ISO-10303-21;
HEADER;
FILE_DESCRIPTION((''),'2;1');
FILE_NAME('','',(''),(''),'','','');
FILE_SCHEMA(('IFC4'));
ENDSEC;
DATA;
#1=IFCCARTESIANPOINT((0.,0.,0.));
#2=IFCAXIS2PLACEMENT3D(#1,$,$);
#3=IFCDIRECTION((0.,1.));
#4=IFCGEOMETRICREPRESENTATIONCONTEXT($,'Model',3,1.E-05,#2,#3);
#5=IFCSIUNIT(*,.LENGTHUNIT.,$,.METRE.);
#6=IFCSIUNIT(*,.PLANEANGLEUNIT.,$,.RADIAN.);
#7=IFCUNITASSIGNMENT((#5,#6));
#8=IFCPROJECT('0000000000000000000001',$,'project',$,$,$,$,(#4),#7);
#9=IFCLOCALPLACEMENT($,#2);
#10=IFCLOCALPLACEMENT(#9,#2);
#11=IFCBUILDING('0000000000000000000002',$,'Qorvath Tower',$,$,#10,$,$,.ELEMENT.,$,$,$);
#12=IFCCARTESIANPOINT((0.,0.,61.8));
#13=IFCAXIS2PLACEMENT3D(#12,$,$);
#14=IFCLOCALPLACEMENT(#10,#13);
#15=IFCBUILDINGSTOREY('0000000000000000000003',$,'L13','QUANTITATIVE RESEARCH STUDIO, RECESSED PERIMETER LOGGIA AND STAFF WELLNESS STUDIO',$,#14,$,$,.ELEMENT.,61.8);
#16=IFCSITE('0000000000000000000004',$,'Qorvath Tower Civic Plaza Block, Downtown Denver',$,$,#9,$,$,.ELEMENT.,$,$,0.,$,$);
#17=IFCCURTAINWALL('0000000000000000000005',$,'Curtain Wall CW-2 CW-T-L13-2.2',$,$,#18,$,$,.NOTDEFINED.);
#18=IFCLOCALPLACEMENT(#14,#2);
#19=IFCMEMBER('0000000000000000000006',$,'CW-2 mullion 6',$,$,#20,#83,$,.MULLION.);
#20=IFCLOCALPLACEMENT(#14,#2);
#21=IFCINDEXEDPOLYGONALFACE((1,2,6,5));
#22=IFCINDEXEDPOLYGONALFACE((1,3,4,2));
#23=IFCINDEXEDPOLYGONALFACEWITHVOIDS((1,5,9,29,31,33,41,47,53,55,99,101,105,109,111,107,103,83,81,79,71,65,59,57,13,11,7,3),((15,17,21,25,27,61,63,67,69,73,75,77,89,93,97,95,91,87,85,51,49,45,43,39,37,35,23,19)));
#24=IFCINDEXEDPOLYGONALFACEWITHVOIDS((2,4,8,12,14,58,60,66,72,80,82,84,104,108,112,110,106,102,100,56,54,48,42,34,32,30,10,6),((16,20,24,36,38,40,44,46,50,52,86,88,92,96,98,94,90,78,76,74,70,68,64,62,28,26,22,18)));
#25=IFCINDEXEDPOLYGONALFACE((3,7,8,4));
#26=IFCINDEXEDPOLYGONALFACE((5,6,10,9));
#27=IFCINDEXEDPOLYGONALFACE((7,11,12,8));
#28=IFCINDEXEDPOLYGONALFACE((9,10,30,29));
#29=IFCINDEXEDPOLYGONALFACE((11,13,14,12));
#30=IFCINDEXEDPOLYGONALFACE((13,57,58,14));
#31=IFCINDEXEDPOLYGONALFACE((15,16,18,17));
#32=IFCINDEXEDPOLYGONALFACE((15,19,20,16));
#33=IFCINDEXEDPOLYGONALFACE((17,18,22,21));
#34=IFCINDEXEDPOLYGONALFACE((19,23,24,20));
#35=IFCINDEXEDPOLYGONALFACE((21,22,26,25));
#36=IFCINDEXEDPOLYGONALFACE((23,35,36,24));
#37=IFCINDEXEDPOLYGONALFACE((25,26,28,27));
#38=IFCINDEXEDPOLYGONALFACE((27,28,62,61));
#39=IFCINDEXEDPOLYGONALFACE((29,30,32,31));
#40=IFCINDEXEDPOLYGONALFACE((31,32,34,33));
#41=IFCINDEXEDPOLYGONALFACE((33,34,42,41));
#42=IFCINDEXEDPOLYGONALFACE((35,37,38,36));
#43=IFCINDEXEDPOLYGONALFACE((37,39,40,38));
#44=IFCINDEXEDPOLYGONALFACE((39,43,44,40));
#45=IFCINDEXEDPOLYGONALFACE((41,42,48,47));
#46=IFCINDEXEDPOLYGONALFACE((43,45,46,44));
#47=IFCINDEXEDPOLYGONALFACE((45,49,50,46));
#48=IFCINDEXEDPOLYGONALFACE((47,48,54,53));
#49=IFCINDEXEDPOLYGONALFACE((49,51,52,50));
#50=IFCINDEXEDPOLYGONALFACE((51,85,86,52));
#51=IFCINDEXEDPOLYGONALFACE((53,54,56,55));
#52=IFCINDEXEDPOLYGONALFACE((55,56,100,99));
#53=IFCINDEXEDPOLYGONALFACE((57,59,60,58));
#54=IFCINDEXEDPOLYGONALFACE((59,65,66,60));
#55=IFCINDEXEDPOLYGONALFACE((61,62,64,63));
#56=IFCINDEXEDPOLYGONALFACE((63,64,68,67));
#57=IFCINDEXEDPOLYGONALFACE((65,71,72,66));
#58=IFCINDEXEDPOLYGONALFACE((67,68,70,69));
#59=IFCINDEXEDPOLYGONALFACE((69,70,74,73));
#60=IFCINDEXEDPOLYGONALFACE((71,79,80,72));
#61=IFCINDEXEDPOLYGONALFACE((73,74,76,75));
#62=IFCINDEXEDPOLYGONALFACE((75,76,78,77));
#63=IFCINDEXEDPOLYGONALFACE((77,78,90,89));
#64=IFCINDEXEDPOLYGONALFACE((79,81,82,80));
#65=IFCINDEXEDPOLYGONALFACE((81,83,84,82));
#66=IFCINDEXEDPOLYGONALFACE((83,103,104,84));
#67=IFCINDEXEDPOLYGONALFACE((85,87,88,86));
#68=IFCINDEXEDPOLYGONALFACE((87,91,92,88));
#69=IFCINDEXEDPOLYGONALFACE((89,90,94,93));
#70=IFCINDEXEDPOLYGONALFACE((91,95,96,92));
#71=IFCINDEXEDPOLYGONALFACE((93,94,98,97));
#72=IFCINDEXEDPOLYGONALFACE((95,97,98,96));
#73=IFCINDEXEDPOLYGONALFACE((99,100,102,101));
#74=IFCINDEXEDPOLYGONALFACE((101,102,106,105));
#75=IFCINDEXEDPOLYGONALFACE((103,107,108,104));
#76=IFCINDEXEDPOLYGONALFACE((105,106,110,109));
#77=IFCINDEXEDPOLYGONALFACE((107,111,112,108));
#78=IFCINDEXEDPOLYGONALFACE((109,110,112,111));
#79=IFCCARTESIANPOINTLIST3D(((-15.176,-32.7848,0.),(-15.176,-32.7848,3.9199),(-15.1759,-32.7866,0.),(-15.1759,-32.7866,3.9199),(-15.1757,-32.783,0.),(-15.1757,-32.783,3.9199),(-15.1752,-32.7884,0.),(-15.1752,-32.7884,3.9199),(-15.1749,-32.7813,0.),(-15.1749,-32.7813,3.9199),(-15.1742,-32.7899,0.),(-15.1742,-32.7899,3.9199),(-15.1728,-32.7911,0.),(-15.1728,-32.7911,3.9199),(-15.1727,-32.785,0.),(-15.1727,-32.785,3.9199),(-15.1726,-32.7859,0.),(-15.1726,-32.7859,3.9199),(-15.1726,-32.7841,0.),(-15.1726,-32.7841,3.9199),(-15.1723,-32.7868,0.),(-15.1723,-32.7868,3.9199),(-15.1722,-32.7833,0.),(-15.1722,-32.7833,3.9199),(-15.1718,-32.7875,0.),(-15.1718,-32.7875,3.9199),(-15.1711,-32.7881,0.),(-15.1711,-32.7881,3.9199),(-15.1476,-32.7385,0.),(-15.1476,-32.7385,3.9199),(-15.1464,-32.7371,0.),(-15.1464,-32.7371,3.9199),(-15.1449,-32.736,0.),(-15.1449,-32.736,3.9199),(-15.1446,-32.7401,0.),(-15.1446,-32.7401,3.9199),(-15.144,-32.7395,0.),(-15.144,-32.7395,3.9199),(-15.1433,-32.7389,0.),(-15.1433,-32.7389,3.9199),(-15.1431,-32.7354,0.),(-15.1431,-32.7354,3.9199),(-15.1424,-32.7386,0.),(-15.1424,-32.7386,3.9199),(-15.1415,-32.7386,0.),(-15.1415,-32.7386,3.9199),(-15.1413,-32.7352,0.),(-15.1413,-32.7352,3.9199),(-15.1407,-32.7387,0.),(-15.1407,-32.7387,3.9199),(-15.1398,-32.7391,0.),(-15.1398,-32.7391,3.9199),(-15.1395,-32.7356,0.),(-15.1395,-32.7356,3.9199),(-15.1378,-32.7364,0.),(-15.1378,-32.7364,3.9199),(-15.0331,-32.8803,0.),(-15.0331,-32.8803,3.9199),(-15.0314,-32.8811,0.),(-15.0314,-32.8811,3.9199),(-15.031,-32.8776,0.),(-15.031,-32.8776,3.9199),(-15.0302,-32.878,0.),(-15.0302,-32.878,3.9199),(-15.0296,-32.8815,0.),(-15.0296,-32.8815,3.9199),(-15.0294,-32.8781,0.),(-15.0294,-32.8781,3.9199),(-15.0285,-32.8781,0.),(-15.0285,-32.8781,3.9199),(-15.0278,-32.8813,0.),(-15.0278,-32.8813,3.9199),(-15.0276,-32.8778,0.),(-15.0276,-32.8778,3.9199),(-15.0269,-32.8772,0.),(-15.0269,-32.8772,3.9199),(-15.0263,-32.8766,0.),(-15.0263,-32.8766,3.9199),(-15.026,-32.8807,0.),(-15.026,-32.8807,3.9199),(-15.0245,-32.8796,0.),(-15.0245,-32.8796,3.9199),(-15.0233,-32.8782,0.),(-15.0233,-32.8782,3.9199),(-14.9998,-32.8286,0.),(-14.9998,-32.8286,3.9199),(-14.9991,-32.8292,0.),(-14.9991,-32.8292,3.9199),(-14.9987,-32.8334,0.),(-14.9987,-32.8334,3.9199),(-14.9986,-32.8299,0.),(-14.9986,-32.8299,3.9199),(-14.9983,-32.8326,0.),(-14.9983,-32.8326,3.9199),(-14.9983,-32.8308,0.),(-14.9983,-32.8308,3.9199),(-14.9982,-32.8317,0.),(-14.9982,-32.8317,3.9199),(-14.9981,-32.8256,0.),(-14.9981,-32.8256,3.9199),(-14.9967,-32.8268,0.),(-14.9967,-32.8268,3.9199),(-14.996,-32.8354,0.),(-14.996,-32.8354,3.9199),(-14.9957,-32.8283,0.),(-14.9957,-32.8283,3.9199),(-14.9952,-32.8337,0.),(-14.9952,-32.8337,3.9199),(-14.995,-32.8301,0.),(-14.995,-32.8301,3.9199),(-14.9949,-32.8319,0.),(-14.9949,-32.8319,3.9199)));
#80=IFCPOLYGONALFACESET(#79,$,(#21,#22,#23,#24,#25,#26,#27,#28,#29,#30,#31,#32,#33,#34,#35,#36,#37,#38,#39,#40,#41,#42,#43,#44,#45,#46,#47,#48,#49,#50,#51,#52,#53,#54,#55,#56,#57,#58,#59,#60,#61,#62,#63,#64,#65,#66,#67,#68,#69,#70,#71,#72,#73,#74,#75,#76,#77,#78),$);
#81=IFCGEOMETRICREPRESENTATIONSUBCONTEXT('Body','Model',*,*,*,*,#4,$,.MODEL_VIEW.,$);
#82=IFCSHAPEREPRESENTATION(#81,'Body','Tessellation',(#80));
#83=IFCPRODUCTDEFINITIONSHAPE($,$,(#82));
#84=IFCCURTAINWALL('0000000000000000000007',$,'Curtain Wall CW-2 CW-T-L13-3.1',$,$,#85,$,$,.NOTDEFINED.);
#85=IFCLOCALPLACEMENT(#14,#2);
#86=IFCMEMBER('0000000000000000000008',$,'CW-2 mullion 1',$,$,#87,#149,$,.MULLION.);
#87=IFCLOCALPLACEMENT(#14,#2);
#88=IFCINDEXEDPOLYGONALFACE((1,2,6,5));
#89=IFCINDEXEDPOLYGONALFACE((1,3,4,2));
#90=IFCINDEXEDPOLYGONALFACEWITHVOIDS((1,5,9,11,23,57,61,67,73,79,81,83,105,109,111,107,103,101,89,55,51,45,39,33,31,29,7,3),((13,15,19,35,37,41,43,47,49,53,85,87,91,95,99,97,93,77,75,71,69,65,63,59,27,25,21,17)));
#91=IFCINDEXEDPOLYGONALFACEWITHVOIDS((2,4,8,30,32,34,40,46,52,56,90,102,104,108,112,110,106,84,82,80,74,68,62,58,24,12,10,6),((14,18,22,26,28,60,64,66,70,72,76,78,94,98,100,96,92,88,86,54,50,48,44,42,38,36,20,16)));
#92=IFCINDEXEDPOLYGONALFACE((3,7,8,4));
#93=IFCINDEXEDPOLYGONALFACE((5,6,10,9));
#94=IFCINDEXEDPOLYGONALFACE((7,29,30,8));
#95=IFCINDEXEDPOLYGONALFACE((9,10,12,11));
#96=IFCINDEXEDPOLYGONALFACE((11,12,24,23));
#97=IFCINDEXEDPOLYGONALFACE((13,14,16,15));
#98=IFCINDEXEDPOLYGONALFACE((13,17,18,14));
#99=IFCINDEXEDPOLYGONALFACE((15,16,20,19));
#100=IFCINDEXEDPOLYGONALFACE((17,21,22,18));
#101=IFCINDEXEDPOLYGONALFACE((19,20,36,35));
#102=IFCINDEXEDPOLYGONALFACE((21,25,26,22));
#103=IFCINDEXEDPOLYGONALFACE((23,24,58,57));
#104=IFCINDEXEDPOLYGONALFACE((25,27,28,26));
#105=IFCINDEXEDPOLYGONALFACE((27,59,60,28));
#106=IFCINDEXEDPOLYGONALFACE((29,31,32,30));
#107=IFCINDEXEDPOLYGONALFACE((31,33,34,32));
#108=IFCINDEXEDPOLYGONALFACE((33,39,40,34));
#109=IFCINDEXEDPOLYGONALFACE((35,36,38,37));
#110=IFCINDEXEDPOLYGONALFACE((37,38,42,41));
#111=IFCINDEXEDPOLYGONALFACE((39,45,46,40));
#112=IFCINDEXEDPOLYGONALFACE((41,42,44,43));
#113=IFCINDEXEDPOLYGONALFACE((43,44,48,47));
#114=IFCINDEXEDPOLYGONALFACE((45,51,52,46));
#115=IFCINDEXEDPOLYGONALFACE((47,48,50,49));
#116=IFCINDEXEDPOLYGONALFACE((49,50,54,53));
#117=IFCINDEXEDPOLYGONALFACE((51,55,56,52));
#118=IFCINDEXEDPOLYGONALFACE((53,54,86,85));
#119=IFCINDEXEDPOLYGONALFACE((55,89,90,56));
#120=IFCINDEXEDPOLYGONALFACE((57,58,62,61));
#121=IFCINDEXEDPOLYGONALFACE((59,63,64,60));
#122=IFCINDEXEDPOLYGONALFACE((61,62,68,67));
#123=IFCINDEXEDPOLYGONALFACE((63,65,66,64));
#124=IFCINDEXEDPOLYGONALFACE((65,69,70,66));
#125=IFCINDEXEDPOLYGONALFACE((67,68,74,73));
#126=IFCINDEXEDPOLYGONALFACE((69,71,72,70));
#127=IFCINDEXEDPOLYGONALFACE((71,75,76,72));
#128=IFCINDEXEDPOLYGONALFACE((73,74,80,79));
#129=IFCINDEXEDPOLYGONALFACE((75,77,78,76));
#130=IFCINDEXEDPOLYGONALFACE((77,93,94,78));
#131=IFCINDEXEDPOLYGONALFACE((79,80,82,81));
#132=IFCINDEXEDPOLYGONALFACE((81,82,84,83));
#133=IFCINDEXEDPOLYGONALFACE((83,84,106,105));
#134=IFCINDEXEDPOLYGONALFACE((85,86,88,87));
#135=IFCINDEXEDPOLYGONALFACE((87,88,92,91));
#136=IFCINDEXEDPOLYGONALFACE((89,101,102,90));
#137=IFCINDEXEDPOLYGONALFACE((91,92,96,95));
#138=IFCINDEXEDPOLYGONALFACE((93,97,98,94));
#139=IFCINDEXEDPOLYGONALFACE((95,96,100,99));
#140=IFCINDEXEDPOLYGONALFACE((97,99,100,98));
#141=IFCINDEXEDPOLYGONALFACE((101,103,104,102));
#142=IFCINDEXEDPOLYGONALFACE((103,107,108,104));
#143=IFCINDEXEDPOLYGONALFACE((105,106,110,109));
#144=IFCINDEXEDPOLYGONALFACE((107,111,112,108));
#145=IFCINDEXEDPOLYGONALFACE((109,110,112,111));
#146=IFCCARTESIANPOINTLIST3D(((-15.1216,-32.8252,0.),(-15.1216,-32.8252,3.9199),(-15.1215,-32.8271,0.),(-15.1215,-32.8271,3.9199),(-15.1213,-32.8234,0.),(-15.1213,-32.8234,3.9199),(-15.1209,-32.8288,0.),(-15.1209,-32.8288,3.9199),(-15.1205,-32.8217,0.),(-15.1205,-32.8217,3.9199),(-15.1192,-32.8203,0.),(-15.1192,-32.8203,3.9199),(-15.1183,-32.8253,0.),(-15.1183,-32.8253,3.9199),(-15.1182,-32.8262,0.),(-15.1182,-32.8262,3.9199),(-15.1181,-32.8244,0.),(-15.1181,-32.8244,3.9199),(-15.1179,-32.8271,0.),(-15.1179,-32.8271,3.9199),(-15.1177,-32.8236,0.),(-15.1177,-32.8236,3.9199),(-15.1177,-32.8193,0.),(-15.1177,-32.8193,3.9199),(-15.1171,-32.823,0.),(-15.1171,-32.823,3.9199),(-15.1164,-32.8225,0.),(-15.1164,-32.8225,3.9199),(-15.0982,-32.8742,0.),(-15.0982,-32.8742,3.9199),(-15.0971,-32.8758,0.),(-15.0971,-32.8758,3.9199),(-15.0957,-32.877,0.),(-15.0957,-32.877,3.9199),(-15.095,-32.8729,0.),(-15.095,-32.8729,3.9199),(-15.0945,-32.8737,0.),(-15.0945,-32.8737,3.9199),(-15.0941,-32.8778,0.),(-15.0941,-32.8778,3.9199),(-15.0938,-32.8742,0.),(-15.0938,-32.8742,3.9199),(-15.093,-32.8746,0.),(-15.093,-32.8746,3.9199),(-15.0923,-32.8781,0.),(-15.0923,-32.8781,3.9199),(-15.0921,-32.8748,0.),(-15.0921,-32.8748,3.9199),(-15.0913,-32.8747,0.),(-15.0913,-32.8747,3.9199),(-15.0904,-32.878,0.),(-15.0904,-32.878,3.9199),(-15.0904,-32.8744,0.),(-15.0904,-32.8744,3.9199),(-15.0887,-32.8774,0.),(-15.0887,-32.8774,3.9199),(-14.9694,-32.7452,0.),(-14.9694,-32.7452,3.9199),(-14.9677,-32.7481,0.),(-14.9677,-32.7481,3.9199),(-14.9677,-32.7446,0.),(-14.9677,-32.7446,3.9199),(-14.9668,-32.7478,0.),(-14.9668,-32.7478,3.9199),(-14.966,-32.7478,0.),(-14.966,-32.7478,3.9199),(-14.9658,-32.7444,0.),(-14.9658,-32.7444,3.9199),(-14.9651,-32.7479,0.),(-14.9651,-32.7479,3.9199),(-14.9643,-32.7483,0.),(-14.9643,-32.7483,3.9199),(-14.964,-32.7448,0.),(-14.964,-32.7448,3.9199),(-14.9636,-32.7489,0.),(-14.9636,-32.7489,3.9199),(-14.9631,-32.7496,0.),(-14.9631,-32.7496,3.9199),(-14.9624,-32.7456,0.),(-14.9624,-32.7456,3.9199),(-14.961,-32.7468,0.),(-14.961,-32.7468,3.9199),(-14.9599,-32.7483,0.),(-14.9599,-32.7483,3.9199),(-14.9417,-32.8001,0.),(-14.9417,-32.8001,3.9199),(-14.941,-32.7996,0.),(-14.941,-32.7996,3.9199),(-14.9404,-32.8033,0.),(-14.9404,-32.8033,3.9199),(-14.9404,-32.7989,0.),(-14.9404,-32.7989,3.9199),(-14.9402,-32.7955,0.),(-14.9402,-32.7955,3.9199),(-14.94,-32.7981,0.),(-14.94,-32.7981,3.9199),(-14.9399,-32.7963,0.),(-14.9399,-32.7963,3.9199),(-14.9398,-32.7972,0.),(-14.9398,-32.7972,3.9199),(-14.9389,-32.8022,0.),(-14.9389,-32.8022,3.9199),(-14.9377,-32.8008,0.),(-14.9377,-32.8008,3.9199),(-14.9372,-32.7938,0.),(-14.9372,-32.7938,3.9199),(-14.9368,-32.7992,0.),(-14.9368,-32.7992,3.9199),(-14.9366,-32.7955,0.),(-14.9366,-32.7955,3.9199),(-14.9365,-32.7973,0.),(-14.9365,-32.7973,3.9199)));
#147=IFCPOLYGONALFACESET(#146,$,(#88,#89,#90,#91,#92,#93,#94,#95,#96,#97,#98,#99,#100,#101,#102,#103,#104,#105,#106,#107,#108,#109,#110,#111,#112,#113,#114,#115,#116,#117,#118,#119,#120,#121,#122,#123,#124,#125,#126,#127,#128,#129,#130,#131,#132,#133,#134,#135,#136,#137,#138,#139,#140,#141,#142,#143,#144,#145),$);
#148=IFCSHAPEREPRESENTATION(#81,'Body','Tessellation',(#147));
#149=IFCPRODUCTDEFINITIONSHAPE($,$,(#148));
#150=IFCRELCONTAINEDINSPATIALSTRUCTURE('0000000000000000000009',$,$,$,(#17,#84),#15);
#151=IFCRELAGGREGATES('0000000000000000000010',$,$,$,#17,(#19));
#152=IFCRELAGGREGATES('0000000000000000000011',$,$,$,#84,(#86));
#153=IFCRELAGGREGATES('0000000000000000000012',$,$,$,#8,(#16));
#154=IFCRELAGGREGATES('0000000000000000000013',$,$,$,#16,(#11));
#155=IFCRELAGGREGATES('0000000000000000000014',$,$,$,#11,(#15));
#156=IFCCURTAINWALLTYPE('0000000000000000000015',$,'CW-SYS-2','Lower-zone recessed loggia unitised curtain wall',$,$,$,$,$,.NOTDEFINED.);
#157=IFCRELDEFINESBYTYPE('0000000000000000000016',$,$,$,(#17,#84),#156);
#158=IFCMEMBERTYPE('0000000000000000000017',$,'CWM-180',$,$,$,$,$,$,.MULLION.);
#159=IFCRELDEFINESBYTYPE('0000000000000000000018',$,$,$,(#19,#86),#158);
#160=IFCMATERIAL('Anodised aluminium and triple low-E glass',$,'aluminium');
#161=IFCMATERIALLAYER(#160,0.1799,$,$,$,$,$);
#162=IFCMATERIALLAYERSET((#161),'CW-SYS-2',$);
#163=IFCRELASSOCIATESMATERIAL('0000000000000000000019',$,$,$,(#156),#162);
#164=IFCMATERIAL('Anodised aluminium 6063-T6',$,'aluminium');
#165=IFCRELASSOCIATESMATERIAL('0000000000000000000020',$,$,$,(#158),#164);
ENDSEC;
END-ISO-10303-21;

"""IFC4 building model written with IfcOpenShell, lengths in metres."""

from ifc_helpers import new_model, si_unit, direction, frame, origin, origin_2d, place, context, subcontext, project, spatial, hollow_rectangle, extrude, material, layer, layer_set, material_profile, profile_set, type_object, element, aggregate, save


model = new_model("IFC4")

# Units and contexts
model_context = context("Model", 3, precision=1e-05, world=origin(), true_north=direction((0.0, 1.0)))
body_context = subcontext(model_context, "Body", "Model", "MODEL_VIEW")
ifc_project = project(units=[si_unit("LENGTHUNIT", "METRE"), si_unit("PLANEANGLEUNIT", "RADIAN")], contexts=[model_context])

# Site, building, storey
site_placement = place(None, origin())
site = spatial("IfcSite", under=ifc_project, at=site_placement, Name="Qorvath Tower Civic Plaza Block, Downtown Denver", CompositionType="ELEMENT", RefElevation=0.0)
building_placement = place(site_placement, origin())
building = spatial("IfcBuilding", under=site, at=building_placement, Name="Qorvath Tower", CompositionType="ELEMENT")
storey_placement = place(building_placement, frame((0.0, 0.0, 61.8)))
storey = spatial("IfcBuildingStorey", under=building, at=storey_placement, Name="L13", Description="QUANTITATIVE RESEARCH STUDIO, RECESSED PERIMETER LOGGIA AND STAFF WELLNESS STUDIO", CompositionType="ELEMENT", Elevation=61.8)

# Curtain wall, member
ifc_material_1 = material(Name="Anodised aluminium and triple low-E glass", Category="aluminium")
ifc_layer_1 = layer(ifc_material_1, 0.1799)
ifc_layer_set_1 = layer_set([ifc_layer_1], Name="CW-SYS-2")
curtain_wall_type = type_object("IfcCurtainWallType", Name="CW-SYS-2", Description="Lower-zone recessed loggia unitised curtain wall", PredefinedType="NOTDEFINED", material=ifc_layer_set_1)
curtain_wall_1_placement = place(storey_placement, origin())
curtain_wall_1 = element("IfcCurtainWall", 1, at=curtain_wall_1_placement, inside=storey, type_object=curtain_wall_type, Name="Curtain Wall CW-2 CW-T-L13-2.2", PredefinedType="NOTDEFINED")
ifc_material_2 = material(Name="Anodised aluminium 6063-T6", Category="aluminium")
ifc_material_profile_1 = material_profile(ifc_material_2, hollow_rectangle(XDim=0.0649, YDim=0.1799, WallThickness=0.0034, InnerFilletRadius=0.0034, OuterFilletRadius=0.0071, at=origin_2d()), Name="CWM 180x65")
ifc_profile_set_1 = profile_set([ifc_material_profile_1], Name="Anodised aluminium 6063-T6")
member_type_1 = type_object("IfcMemberType", Name="CWM-180", PredefinedType="MULLION", material=ifc_profile_set_1)
member_1_placement = place(storey_placement, frame((-15.0854, -32.8083, 0.0), z_axis=(0.0, 0.0, 1.0), x_axis=(0.538536, 0.842602, 0.0)))
member_1 = element("IfcMember", 2, at=member_1_placement, type_object=member_type_1, Name="CW-2 mullion 6", PredefinedType="MULLION", context=body_context, shape_type="SweptSolid", body=[
    extrude(hollow_rectangle(XDim=0.0649, YDim=0.1799, WallThickness=0.0034, InnerFilletRadius=0.0034, OuterFilletRadius=0.0071, at=origin_2d()), origin(), (0.0, 0.0, 1.0), 3.9199),
])

# Curtain wall, member
curtain_wall_2_placement = place(storey_placement, origin())
curtain_wall_2 = element("IfcCurtainWall", 3, at=curtain_wall_2_placement, inside=storey, type_object=curtain_wall_type, Name="Curtain Wall CW-2 CW-T-L13-3.1", PredefinedType="NOTDEFINED")
member_2_placement = place(storey_placement, frame((-15.0291, -32.8113, 0.0), z_axis=(0.0, 0.0, 1.0), x_axis=(-0.447214, 0.894427, 0.0)))
member_2 = element("IfcMember", 4, at=member_2_placement, type_object=member_type_1, Name="CW-2 mullion 1", PredefinedType="MULLION", context=body_context, shape_type="SweptSolid", body=[
    extrude(hollow_rectangle(XDim=0.0649, YDim=0.1799, WallThickness=0.0034, InnerFilletRadius=0.0034, OuterFilletRadius=0.0071, at=origin_2d()), origin(), (0.0, 0.0, 1.0), 3.9199),
])

aggregate(curtain_wall_1, [member_1])
aggregate(curtain_wall_2, [member_2])

save(model, "model.ifc")
